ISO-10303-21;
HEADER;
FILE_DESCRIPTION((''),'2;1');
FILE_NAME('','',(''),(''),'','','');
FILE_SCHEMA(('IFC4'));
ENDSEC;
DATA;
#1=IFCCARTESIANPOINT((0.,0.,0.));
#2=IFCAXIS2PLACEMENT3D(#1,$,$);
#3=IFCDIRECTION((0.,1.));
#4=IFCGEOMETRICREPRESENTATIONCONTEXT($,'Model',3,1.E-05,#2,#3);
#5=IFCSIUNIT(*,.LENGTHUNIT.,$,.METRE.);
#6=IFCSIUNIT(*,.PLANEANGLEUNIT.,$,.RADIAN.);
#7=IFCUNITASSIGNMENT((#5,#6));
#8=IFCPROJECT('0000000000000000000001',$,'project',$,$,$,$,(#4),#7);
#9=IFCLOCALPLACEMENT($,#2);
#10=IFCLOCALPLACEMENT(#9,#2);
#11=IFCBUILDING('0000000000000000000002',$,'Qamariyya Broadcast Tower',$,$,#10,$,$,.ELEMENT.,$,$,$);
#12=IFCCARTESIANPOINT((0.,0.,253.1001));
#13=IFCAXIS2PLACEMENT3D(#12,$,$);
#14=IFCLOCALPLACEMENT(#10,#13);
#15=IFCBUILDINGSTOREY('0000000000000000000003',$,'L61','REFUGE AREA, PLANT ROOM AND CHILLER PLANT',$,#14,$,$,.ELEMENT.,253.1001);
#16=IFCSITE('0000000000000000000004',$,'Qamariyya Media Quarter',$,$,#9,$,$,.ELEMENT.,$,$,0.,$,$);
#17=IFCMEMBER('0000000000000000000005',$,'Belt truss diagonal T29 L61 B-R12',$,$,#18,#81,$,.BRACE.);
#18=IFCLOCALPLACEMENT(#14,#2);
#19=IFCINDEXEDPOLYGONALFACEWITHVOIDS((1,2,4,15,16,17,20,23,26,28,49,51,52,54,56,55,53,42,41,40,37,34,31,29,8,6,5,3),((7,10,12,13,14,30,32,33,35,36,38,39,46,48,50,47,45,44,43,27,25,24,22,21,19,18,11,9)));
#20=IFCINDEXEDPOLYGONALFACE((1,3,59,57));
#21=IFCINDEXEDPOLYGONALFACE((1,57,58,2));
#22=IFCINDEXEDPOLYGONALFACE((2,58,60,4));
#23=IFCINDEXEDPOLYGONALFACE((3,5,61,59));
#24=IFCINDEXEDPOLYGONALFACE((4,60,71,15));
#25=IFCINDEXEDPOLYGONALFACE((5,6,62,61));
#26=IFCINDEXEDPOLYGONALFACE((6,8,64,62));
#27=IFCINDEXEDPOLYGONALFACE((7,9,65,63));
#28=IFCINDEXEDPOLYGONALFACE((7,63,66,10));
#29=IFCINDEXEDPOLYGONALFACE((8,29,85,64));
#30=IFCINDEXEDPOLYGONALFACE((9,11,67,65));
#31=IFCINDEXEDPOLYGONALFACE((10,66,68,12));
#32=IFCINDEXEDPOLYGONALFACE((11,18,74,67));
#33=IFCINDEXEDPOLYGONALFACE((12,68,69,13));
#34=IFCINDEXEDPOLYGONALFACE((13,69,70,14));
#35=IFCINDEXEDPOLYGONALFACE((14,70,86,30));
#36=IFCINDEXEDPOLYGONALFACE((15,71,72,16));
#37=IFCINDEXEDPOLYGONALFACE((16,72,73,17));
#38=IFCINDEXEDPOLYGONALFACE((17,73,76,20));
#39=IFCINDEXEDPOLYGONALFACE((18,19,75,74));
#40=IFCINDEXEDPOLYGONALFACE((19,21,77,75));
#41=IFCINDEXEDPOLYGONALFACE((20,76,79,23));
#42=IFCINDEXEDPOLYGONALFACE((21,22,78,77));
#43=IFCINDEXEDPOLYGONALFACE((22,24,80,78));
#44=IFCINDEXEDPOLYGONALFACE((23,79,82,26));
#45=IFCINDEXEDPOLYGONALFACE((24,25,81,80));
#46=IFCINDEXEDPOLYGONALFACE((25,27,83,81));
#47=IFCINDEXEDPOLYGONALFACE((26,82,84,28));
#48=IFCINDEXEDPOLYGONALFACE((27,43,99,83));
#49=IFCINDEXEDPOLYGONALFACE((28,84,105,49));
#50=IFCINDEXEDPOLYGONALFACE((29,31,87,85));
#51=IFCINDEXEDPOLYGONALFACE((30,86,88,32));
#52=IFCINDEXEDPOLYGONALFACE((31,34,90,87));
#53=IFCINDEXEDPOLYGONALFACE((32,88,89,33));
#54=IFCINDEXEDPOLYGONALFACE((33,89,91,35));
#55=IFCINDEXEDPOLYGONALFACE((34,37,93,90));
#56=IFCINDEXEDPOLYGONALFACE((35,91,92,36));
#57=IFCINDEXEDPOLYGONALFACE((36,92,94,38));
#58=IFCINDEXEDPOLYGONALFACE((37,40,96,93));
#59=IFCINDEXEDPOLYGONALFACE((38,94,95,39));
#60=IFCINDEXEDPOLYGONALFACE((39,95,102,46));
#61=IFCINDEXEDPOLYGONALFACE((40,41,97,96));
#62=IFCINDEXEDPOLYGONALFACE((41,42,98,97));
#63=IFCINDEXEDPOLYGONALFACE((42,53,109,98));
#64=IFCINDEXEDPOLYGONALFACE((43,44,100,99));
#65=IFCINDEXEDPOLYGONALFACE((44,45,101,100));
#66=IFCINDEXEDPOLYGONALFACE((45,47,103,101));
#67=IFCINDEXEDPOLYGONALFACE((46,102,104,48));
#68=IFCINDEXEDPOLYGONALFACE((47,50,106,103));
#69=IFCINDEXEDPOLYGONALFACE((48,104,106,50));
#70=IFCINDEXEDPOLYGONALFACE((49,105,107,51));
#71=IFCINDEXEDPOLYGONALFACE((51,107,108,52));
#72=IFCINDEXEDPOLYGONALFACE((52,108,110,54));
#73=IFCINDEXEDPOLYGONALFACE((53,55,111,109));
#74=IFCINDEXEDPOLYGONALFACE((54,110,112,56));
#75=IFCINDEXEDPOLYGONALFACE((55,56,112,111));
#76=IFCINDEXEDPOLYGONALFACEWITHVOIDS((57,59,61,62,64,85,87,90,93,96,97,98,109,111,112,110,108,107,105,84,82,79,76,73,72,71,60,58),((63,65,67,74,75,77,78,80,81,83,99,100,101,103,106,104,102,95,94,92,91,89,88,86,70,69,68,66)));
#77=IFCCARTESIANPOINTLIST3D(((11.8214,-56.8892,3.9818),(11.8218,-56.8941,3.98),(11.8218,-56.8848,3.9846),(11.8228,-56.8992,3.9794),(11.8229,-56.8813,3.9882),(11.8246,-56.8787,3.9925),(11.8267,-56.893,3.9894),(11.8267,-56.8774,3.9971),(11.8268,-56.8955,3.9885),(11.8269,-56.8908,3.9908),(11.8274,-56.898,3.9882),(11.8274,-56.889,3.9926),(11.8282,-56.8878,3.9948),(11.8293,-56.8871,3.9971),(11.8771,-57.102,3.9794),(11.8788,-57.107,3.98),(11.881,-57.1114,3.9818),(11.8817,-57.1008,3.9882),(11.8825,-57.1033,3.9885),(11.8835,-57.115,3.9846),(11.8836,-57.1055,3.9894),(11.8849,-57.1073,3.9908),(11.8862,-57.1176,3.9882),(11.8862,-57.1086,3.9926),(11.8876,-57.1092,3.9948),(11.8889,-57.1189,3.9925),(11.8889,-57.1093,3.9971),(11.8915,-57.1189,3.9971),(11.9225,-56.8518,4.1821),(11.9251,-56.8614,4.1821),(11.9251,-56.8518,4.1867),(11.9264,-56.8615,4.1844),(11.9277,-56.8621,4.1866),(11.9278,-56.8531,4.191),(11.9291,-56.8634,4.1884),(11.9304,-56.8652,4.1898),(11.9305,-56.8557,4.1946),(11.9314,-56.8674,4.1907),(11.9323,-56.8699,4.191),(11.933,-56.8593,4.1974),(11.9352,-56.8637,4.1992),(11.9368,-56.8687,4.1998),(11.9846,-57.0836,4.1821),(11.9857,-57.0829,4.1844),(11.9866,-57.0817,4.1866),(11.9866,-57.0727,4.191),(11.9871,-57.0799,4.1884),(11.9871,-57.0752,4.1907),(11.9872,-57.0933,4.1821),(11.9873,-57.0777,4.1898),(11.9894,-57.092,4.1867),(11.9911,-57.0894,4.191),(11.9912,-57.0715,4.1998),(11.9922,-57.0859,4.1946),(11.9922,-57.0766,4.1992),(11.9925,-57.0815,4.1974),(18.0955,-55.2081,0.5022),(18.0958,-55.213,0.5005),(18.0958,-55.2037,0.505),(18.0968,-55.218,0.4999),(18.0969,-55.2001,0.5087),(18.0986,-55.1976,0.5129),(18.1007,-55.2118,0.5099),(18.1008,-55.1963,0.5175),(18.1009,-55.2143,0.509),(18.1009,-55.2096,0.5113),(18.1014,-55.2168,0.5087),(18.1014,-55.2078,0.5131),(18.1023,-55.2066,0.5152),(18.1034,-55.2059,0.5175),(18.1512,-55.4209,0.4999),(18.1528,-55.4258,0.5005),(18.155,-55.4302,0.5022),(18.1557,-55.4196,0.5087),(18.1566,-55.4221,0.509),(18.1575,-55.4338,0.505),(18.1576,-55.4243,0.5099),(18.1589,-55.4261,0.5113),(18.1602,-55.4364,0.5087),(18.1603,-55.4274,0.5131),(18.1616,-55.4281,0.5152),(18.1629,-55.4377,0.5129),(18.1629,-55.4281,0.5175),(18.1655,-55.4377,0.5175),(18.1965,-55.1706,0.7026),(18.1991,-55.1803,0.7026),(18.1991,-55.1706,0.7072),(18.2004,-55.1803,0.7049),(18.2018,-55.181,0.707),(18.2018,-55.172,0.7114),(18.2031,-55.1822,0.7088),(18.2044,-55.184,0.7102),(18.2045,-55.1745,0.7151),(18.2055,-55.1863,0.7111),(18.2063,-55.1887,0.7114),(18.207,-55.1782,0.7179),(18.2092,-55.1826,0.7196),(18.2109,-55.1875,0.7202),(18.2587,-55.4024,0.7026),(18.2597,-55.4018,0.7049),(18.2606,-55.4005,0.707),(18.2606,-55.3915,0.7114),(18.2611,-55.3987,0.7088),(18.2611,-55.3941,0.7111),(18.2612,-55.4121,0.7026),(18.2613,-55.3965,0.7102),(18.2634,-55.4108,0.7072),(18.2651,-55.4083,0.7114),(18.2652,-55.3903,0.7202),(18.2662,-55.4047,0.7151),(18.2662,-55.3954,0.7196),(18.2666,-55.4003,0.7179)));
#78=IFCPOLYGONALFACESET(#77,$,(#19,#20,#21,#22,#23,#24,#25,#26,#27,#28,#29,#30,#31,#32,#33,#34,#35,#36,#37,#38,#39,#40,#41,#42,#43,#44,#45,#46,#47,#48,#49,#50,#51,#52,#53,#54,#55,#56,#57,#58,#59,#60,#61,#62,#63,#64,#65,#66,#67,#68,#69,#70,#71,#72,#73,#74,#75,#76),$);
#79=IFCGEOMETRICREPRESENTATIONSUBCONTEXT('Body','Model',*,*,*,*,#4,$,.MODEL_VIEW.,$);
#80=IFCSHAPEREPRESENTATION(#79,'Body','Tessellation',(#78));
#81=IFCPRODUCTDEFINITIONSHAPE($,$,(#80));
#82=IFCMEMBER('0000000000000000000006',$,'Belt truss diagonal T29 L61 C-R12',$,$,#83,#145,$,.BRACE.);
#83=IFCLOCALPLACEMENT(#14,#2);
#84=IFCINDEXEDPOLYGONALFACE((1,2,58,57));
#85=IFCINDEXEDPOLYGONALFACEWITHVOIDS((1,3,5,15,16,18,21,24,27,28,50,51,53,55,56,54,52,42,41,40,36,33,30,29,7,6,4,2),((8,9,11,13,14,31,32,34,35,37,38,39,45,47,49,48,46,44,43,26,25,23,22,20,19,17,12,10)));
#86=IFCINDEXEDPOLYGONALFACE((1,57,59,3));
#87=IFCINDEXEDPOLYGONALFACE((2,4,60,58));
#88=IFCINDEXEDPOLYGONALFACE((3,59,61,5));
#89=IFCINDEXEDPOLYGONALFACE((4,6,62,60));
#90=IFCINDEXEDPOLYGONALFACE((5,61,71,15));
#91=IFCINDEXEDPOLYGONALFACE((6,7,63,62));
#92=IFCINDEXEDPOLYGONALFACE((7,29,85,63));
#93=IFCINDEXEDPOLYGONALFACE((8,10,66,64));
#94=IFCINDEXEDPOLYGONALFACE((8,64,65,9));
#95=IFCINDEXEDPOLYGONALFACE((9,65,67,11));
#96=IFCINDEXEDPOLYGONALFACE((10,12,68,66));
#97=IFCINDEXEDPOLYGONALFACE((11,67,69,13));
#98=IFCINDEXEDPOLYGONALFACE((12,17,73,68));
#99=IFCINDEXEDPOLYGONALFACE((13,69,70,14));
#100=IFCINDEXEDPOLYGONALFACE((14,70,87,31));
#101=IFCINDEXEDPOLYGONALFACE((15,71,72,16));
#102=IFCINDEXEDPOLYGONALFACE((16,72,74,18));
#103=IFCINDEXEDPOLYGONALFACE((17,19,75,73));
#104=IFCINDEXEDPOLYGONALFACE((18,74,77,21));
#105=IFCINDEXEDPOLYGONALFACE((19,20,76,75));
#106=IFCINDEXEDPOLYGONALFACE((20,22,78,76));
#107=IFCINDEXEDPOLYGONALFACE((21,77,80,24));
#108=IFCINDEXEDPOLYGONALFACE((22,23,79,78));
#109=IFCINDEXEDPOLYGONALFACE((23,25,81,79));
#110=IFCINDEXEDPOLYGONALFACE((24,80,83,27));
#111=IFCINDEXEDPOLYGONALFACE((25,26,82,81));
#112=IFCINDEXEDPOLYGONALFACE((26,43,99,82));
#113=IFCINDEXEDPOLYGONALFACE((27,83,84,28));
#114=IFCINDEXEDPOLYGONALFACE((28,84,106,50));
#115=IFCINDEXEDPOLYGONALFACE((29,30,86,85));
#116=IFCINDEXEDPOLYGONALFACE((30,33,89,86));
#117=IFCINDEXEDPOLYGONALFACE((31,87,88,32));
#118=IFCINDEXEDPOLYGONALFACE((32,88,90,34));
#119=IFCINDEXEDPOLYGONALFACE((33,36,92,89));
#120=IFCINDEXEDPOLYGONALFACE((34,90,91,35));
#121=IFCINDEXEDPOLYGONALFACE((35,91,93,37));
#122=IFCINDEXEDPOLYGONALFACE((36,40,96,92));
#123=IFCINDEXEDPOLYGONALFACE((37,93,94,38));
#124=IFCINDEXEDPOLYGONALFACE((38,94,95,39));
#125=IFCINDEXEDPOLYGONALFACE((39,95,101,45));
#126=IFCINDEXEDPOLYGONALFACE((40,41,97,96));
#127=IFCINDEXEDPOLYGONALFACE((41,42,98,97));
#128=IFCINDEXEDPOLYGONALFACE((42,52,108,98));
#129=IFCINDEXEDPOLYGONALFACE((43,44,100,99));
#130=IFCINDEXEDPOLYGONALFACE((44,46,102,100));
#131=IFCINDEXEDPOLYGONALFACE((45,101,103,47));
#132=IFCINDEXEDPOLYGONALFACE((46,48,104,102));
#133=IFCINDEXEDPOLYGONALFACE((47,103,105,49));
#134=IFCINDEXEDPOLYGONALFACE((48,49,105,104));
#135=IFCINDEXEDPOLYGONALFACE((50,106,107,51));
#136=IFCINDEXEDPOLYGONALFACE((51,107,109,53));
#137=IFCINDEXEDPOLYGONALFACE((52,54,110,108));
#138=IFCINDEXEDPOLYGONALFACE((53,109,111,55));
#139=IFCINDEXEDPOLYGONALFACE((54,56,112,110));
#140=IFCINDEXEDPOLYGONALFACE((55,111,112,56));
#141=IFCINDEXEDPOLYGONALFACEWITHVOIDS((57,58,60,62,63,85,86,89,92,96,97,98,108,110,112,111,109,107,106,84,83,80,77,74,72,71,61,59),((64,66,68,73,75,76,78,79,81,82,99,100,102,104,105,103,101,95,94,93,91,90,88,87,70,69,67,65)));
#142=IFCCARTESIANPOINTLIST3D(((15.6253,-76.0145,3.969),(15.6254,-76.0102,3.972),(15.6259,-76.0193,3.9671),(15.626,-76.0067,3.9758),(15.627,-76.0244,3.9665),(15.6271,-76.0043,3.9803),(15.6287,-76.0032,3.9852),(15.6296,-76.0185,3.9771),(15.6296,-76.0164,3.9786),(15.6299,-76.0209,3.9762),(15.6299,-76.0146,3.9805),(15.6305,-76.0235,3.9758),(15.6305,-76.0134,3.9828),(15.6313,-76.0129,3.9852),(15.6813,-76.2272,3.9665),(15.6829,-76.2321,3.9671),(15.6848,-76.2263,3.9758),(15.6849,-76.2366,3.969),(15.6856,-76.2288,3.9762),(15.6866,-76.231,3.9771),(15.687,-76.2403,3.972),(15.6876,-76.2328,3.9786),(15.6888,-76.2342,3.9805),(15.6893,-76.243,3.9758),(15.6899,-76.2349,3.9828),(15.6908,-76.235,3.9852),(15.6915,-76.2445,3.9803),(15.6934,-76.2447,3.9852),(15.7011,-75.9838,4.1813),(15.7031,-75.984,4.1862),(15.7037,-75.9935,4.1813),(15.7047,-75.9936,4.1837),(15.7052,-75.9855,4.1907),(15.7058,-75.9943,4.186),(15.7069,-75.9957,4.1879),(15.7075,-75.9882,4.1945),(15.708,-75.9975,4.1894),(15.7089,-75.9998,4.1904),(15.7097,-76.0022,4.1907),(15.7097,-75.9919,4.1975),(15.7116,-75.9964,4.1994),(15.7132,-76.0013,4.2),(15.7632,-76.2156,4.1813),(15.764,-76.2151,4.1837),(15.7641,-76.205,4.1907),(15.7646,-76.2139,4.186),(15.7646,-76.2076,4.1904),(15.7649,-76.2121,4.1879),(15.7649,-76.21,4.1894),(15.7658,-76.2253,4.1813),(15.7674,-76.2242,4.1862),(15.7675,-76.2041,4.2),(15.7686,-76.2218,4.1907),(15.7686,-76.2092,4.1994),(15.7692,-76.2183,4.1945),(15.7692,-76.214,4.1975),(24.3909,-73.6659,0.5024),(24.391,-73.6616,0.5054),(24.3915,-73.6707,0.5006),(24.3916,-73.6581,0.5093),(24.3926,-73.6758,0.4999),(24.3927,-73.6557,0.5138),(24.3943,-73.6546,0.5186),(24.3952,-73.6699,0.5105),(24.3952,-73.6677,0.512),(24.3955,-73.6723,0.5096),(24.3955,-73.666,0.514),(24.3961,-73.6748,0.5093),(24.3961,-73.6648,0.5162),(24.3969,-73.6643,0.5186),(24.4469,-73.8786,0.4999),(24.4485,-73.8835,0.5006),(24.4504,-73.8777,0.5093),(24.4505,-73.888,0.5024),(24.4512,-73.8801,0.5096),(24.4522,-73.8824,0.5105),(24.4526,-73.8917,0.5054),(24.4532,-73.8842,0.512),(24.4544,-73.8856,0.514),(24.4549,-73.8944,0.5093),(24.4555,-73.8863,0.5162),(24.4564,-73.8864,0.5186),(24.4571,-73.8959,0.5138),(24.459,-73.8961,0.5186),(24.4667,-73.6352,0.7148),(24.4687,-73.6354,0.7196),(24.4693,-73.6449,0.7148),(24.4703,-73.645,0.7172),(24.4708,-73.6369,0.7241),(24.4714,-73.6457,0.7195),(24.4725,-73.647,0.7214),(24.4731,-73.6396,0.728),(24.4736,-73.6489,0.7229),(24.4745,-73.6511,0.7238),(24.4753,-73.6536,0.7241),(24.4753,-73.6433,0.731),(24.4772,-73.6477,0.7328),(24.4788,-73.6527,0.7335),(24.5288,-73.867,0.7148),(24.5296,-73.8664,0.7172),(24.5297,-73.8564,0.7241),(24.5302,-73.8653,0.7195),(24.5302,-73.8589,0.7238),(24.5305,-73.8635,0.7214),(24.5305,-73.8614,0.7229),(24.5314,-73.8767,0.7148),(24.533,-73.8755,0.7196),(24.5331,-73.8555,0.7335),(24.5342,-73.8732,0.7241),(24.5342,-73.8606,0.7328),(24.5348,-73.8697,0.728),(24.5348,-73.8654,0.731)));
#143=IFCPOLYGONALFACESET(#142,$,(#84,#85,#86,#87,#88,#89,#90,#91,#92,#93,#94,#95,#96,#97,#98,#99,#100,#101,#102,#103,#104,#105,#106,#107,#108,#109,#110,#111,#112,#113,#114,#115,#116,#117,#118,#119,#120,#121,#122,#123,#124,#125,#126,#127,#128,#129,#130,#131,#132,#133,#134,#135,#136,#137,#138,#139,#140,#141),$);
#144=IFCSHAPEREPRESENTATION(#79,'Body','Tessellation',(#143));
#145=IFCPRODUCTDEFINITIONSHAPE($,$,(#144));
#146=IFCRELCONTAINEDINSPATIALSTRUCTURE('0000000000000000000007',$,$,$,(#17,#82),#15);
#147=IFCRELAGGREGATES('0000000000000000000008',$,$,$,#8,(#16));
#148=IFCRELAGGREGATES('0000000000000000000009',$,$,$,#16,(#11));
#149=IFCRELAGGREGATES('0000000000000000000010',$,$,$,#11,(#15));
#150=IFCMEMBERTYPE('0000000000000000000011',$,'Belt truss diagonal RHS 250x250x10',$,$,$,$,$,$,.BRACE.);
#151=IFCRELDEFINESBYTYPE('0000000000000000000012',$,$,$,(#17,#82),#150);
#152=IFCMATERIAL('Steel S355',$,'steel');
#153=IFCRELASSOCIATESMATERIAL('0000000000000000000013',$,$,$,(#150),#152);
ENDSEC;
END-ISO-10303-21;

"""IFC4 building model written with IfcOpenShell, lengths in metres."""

from ifc_helpers import new_model, si_unit, direction, frame, origin, origin_2d, place, context, subcontext, project, spatial, hollow_rectangle, extrude, material, material_profile, profile_set, type_object, element, save


model = new_model("IFC4")

# Units and contexts
model_context = context("Model", 3, precision=1e-05, world=origin(), true_north=direction((0.0, 1.0)))
body_context = subcontext(model_context, "Body", "Model", "MODEL_VIEW")
ifc_project = project(units=[si_unit("LENGTHUNIT", "METRE"), si_unit("PLANEANGLEUNIT", "RADIAN")], contexts=[model_context])

# Site, building, storey
site_placement = place(None, origin())
site = spatial("IfcSite", under=ifc_project, at=site_placement, Name="Qamariyya Media Quarter", CompositionType="ELEMENT", RefElevation=0.0)
building_placement = place(site_placement, origin())
building = spatial("IfcBuilding", under=site, at=building_placement, Name="Qamariyya Broadcast Tower", CompositionType="ELEMENT")
storey_placement = place(building_placement, frame((0.0, 0.0, 253.1001)))
storey = spatial("IfcBuildingStorey", under=building, at=storey_placement, Name="L61", Description="REFUGE AREA, PLANT ROOM AND CHILLER PLANT", CompositionType="ELEMENT", Elevation=253.1001)

# Members
ifc_material_1 = material(Name="Steel S355", Category="steel")
ifc_material_profile_1 = material_profile(ifc_material_1, hollow_rectangle(XDim=0.25, YDim=0.25, WallThickness=0.01, InnerFilletRadius=0.01, OuterFilletRadius=0.02, at=origin_2d()))
ifc_profile_set_1 = profile_set([ifc_material_profile_1], Name="Steel S355")
member_type_1 = type_object("IfcMemberType", Name="Belt truss diagonal RHS 250x250x10", PredefinedType="BRACE", material=ifc_profile_set_1)
member_1_placement = place(storey_placement, frame((11.907, -56.9854, 4.0896), z_axis=(0.851448, 0.228153, -0.47221), x_axis=(-0.258828, 0.965924, 0.0)))
element("IfcMember", 1, at=member_1_placement, inside=storey, type_object=member_type_1, Name="Belt truss diagonal T29 L61 B-R12", PredefinedType="BRACE", context=body_context, shape_type="SweptSolid", body=[
    extrude(hollow_rectangle(XDim=0.25, YDim=0.25, WallThickness=0.01, InnerFilletRadius=0.01, OuterFilletRadius=0.02, at=origin_2d()), origin(), (0.0, 0.0, 1.0), 7.3687),
])
for number, where, z_axis, x_axis, name in (
    (2, (15.6973, -76.1143, 4.0833), (0.902335, 0.241769, -0.356847), (-0.258808, 0.965929, 0.0), "Belt truss diagonal T29 L61 C-R12"),
):
    element("IfcMember", number, at=place(storey_placement, frame(where, z_axis=z_axis, x_axis=x_axis)), inside=storey, type_object=member_type_1, Name=name, PredefinedType="BRACE", context=body_context, shape_type="SweptSolid", body=[
        extrude(hollow_rectangle(XDim=0.25, YDim=0.25, WallThickness=0.01, InnerFilletRadius=0.01, OuterFilletRadius=0.02, at=origin_2d()), origin(), (0.0, 0.0, 1.0), 9.7144),
    ])

save(model, "model.ifc")
